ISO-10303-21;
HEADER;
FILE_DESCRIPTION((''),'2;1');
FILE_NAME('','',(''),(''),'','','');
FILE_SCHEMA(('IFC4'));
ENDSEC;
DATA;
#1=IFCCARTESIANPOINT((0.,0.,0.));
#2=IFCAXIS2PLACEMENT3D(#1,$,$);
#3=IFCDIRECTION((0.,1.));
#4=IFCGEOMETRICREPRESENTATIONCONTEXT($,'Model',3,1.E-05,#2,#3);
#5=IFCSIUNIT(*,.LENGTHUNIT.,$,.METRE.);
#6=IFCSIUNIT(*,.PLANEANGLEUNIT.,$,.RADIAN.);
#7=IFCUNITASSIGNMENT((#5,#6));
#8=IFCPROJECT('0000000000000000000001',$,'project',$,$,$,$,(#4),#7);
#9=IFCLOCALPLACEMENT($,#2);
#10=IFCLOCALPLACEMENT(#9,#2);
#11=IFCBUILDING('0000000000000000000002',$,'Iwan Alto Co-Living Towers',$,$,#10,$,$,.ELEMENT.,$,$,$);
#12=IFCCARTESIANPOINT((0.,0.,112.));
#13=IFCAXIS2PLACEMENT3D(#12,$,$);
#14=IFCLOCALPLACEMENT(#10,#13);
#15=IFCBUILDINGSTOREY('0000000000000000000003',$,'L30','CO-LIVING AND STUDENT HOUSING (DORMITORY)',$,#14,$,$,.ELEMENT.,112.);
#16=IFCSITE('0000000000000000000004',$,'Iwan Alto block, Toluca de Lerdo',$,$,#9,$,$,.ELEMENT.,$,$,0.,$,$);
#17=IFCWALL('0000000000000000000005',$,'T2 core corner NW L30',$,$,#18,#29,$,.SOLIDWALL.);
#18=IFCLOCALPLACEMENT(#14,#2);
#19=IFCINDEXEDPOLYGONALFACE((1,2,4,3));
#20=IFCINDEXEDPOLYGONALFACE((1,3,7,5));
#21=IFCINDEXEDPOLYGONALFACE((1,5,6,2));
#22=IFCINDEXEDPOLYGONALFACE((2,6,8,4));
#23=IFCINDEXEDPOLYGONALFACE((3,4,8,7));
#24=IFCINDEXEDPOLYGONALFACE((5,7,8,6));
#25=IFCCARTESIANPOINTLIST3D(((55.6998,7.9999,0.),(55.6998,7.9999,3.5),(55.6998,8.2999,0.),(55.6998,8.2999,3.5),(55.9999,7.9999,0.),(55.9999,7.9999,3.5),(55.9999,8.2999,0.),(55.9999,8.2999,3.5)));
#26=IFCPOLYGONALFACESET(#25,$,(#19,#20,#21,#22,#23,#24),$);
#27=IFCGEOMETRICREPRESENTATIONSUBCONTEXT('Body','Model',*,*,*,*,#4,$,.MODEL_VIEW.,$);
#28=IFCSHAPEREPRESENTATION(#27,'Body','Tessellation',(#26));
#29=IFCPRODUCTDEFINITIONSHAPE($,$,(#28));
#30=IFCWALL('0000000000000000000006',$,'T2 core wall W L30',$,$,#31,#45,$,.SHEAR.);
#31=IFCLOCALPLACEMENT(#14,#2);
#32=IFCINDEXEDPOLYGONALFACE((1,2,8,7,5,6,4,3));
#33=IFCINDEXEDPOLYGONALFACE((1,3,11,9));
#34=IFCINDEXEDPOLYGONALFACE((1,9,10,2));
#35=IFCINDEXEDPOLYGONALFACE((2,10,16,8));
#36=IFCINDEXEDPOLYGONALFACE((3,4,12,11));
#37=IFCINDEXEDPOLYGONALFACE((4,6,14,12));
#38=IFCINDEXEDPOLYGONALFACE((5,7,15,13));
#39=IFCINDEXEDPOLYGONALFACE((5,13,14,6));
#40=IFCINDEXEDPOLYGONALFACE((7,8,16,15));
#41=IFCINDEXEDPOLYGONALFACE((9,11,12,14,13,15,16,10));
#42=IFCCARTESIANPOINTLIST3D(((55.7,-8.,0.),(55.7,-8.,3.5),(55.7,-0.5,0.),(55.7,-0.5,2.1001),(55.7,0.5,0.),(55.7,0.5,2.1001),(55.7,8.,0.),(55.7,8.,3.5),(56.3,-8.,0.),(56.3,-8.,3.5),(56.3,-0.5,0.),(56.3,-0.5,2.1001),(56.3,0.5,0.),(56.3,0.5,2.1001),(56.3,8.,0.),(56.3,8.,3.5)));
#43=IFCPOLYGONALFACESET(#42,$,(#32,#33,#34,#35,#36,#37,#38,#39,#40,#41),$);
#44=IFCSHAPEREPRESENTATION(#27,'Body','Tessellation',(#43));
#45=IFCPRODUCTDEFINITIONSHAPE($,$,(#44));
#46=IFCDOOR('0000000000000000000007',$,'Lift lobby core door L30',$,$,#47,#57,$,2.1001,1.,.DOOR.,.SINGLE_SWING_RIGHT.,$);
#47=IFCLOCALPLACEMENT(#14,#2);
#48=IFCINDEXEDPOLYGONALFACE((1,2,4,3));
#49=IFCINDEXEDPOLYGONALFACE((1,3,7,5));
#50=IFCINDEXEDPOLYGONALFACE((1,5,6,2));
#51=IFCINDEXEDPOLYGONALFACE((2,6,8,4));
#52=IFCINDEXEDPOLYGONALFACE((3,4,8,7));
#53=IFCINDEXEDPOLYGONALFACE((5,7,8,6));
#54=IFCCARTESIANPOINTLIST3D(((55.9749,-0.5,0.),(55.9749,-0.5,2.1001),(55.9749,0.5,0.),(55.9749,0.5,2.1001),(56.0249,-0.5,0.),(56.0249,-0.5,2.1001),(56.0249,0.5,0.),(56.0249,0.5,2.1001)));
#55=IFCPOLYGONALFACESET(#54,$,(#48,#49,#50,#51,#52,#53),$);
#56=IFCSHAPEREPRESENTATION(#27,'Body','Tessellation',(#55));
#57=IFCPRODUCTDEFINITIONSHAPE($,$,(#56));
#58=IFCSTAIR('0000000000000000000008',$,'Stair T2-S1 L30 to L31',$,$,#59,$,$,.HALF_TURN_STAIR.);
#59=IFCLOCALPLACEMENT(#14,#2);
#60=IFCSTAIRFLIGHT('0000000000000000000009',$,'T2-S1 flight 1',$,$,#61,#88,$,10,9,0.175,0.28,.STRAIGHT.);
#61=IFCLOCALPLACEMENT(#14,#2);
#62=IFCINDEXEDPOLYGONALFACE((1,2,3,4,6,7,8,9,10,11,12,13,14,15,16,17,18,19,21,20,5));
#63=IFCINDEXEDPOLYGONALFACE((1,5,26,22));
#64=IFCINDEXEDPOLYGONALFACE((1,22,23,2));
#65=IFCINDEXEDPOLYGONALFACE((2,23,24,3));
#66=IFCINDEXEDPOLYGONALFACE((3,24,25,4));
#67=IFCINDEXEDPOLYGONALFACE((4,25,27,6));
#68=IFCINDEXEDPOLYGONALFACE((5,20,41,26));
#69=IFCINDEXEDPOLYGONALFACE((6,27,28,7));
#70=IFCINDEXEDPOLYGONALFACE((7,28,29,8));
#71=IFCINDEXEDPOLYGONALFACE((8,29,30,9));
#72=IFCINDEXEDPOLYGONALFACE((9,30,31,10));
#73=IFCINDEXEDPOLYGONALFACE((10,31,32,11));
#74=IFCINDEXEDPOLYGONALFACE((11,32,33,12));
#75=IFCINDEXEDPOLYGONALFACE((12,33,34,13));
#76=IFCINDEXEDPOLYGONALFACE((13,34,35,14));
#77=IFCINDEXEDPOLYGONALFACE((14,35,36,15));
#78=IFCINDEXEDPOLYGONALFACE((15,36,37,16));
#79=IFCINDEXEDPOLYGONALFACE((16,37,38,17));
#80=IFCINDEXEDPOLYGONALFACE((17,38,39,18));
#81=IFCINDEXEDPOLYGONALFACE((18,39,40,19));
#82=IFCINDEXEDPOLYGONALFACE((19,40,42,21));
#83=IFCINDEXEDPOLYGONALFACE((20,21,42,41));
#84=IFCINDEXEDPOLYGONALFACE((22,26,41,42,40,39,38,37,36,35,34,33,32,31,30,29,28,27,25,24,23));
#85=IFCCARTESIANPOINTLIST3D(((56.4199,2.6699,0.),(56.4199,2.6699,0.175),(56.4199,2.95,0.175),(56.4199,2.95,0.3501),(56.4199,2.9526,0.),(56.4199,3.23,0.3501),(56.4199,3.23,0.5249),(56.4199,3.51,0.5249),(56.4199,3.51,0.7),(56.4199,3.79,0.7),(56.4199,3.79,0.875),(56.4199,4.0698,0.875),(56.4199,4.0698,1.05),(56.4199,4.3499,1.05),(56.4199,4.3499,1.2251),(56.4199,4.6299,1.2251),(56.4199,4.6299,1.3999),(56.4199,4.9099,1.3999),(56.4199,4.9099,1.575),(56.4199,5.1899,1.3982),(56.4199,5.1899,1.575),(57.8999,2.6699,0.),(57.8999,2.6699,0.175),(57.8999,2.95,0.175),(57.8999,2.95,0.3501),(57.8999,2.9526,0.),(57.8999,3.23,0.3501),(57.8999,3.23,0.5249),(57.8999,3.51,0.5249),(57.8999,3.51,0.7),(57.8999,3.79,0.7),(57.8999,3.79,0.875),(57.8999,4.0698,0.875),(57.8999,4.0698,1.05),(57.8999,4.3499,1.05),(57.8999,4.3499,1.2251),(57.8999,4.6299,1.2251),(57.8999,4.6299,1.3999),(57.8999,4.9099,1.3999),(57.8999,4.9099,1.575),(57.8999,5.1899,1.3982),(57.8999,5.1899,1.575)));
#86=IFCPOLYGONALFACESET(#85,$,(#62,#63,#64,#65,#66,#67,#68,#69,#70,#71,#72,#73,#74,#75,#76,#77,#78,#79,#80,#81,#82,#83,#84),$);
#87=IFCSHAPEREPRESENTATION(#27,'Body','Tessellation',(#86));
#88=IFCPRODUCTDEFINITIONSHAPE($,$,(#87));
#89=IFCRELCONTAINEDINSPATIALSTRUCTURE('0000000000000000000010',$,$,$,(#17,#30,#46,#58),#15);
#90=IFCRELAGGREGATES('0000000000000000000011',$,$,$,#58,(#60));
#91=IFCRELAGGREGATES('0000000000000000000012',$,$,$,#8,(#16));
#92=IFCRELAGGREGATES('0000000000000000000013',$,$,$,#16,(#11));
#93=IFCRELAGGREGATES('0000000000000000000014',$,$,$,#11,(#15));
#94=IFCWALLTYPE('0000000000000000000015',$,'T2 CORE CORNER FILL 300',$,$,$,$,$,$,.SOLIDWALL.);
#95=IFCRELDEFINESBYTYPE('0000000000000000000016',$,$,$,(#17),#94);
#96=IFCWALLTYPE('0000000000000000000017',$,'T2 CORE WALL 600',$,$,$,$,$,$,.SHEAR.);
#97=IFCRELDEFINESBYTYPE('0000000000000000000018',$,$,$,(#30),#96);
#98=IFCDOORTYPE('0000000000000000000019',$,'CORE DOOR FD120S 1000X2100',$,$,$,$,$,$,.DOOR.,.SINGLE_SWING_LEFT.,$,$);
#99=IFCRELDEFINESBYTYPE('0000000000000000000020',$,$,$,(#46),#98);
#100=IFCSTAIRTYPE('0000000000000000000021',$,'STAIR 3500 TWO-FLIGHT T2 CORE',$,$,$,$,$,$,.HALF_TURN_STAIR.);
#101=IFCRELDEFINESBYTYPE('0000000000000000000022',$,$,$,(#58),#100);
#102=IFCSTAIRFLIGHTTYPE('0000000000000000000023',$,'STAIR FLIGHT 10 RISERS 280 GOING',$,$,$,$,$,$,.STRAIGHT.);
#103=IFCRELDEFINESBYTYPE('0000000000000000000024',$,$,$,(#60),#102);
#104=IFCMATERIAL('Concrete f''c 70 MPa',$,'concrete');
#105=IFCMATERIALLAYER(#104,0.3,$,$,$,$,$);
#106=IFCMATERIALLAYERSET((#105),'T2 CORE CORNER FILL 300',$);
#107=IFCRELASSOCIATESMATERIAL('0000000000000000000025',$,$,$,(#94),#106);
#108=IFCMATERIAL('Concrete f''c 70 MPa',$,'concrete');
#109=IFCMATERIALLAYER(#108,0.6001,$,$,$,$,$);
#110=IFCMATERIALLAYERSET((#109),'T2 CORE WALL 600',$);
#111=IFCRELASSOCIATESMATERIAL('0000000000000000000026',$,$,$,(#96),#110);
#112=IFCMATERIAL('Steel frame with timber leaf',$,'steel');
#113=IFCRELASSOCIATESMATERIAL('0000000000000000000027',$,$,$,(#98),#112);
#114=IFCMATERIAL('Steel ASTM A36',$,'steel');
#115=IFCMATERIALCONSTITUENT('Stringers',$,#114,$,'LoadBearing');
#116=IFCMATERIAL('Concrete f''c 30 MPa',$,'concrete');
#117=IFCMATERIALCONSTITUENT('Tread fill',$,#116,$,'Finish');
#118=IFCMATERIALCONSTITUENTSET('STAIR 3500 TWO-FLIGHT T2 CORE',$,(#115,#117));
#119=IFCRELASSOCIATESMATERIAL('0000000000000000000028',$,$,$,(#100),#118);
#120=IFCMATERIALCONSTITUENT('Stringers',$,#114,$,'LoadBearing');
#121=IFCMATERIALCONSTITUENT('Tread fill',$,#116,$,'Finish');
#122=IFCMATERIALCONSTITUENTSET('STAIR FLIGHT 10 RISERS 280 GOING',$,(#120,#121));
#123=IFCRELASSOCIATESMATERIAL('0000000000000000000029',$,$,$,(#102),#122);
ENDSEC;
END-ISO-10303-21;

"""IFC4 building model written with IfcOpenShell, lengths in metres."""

from ifc_helpers import new_model, si_unit, direction, frame, frame_2d, origin, place, context, subcontext, project, spatial, polyline, rectangle, outline, extrude, material, layer, layer_set, constituent, constituent_set, type_object, element, fill, aggregate, save


model = new_model("IFC4")

# Units and contexts
model_context = context("Model", 3, precision=1e-05, world=origin(), true_north=direction((0.0, 1.0)))
body_context = subcontext(model_context, "Body", "Model", "MODEL_VIEW")
ifc_project = project(units=[si_unit("LENGTHUNIT", "METRE"), si_unit("PLANEANGLEUNIT", "RADIAN")], contexts=[model_context])

# Site, building, storey
site_placement = place(None, origin())
site = spatial("IfcSite", under=ifc_project, at=site_placement, Name="Iwan Alto block, Toluca de Lerdo", CompositionType="ELEMENT", RefElevation=0.0)
building_placement = place(site_placement, origin())
building = spatial("IfcBuilding", under=site, at=building_placement, Name="Iwan Alto Co-Living Towers", CompositionType="ELEMENT")
storey_placement = place(building_placement, frame((0.0, 0.0, 112.0)))
storey = spatial("IfcBuildingStorey", under=building, at=storey_placement, Name="L30", Description="CO-LIVING AND STUDENT HOUSING (DORMITORY)", CompositionType="ELEMENT", Elevation=112.0)

# Wall
ifc_material_1 = material(Name="Concrete f'c 70 MPa", Category="concrete")
ifc_layer_1 = layer(ifc_material_1, 0.3)
ifc_layer_set_1 = layer_set([ifc_layer_1], Name="T2 CORE CORNER FILL 300")
wall_type_1 = type_object("IfcWallType", Name="T2 CORE CORNER FILL 300", PredefinedType="SOLIDWALL", material=ifc_layer_set_1)
wall_1_placement = place(storey_placement, frame((55.7, 8.1499, 0.0), z_axis=(0.0, 0.0, 1.0), x_axis=(1.0, 0.0, 0.0)))
element("IfcWall", 1, at=wall_1_placement, inside=storey, type_object=wall_type_1, Name="T2 core corner NW L30", PredefinedType="SOLIDWALL", context=body_context, shape_type="SweptSolid", body=[
    extrude(rectangle(XDim=0.3, YDim=0.3, at=frame_2d((0.1499, 0.0))), origin(), (0.0, 0.0, 1.0), 3.5),
])

# Wall, opening, door
ifc_material_2 = material(Name="Concrete f'c 70 MPa", Category="concrete")
ifc_layer_2 = layer(ifc_material_2, 0.6001)
ifc_layer_set_2 = layer_set([ifc_layer_2], Name="T2 CORE WALL 600")
wall_type_2 = type_object("IfcWallType", Name="T2 CORE WALL 600", PredefinedType="SHEAR", material=ifc_layer_set_2)
wall_2_placement = place(storey_placement, frame((56.0, 8.0, 0.0), z_axis=(0.0, 0.0, 1.0), x_axis=(0.0, -1.0, 0.0)))
wall_2 = element("IfcWall", 2, at=wall_2_placement, inside=storey, type_object=wall_type_2, Name="T2 core wall W L30", PredefinedType="SHEAR", context=body_context, shape_type="SweptSolid", body=[
    extrude(rectangle(XDim=16.0, YDim=0.6001, at=frame_2d((8.0, 0.0))), origin(), (0.0, 0.0, 1.0), 3.5),
])
opening_1_placement = place(wall_2_placement, frame((7.5, 0.0, 0.0)))
opening_1 = element("IfcOpeningElement", 3, at=opening_1_placement, cuts=wall_2, PredefinedType="OPENING", context=body_context, shape_type="SweptSolid", body=[
    extrude(rectangle(XDim=1.0, YDim=2.1001, at=frame_2d((0.5, 1.05))), frame((0.0, 0.3101, 0.0), z_axis=(0.0, -1.0, 0.0), x_axis=(1.0, 0.0, 0.0)), (0.0, 0.0, 1.0), 0.6201),
])
ifc_material_3 = material(Name="Steel frame with timber leaf", Category="steel")
door_type_1 = type_object("IfcDoorType", Name="CORE DOOR FD120S 1000X2100", OperationType="SINGLE_SWING_LEFT", PredefinedType="DOOR", material=ifc_material_3)
door_1_placement = place(opening_1_placement, origin())
door_1 = element("IfcDoor", 4, at=door_1_placement, inside=storey, type_object=door_type_1, Name="Lift lobby core door L30", OperationType="SINGLE_SWING_RIGHT", OverallHeight=2.1001, OverallWidth=1.0, PredefinedType="DOOR", context=body_context, shape_type="SweptSolid", body=[
    extrude(rectangle(XDim=1.0, YDim=2.1001, at=frame_2d((0.5, 1.05))), frame((0.0, 0.0249, 0.0), z_axis=(0.0, -1.0, 0.0), x_axis=(1.0, 0.0, 0.0)), (0.0, 0.0, 1.0), 0.05),
])
fill(opening_1, door_1)

# Stair, stair flight
ifc_material_4 = material(Name="Steel ASTM A36", Category="steel")
ifc_constituent_1 = constituent(ifc_material_4, Name="Stringers", Category="LoadBearing")
ifc_material_5 = material(Name="Concrete f'c 30 MPa", Category="concrete")
ifc_constituent_2 = constituent(ifc_material_5, Name="Tread fill", Category="Finish")
ifc_constituent_set_1 = constituent_set(constituents=[ifc_constituent_1, ifc_constituent_2], Name="STAIR 3500 TWO-FLIGHT T2 CORE")
stair_type = type_object("IfcStairType", Name="STAIR 3500 TWO-FLIGHT T2 CORE", PredefinedType="HALF_TURN_STAIR", material=ifc_constituent_set_1)
stair_placement = place(storey_placement, origin())
stair = element("IfcStair", 5, at=stair_placement, inside=storey, type_object=stair_type, Name="Stair T2-S1 L30 to L31", PredefinedType="HALF_TURN_STAIR")
ifc_constituent_3 = constituent(ifc_material_4, Name="Stringers", Category="LoadBearing")
ifc_constituent_4 = constituent(ifc_material_5, Name="Tread fill", Category="Finish")
ifc_constituent_set_2 = constituent_set(constituents=[ifc_constituent_3, ifc_constituent_4], Name="STAIR FLIGHT 10 RISERS 280 GOING")
stair_flight_type = type_object("IfcStairFlightType", Name="STAIR FLIGHT 10 RISERS 280 GOING", PredefinedType="STRAIGHT", material=ifc_constituent_set_2)
stair_flight_placement = place(storey_placement, frame((57.1599, 2.6699, 0.0), z_axis=(0.0, 0.0, 1.0), x_axis=(0.0, 1.0, 0.0)))
stair_flight = element("IfcStairFlight", 6, at=stair_flight_placement, type_object=stair_flight_type, Name="T2-S1 flight 1", NumberOfRisers=10, NumberOfTreads=9, PredefinedType="STRAIGHT", RiserHeight=0.175, TreadLength=0.28, context=body_context, shape_type="SweptSolid", body=[
    extrude(outline(polyline([(0.0, 0.0), (0.0, 0.175), (0.28, 0.175), (0.28, 0.3501), (0.5601, 0.3501), (0.5601, 0.5249), (0.8401, 0.5249), (0.8401, 0.7), (1.1201, 0.7), (1.1201, 0.875), (1.3999, 0.875), (1.3999, 1.05), (1.6799, 1.05), (1.6799, 1.2251), (1.96, 1.2251), (1.96, 1.3999), (2.24, 1.3999), (2.24, 1.575), (2.52, 1.575), (2.52, 1.75), (2.52, 1.3982), (0.2827, 0.0), (0.0, 0.0)])), frame((0.0, 0.74, 0.0), z_axis=(0.0, -1.0, 0.0), x_axis=(1.0, 0.0, 0.0)), (0.0, 0.0, 1.0), 1.48),
])
aggregate(stair, [stair_flight])

save(model, "model.ifc")
